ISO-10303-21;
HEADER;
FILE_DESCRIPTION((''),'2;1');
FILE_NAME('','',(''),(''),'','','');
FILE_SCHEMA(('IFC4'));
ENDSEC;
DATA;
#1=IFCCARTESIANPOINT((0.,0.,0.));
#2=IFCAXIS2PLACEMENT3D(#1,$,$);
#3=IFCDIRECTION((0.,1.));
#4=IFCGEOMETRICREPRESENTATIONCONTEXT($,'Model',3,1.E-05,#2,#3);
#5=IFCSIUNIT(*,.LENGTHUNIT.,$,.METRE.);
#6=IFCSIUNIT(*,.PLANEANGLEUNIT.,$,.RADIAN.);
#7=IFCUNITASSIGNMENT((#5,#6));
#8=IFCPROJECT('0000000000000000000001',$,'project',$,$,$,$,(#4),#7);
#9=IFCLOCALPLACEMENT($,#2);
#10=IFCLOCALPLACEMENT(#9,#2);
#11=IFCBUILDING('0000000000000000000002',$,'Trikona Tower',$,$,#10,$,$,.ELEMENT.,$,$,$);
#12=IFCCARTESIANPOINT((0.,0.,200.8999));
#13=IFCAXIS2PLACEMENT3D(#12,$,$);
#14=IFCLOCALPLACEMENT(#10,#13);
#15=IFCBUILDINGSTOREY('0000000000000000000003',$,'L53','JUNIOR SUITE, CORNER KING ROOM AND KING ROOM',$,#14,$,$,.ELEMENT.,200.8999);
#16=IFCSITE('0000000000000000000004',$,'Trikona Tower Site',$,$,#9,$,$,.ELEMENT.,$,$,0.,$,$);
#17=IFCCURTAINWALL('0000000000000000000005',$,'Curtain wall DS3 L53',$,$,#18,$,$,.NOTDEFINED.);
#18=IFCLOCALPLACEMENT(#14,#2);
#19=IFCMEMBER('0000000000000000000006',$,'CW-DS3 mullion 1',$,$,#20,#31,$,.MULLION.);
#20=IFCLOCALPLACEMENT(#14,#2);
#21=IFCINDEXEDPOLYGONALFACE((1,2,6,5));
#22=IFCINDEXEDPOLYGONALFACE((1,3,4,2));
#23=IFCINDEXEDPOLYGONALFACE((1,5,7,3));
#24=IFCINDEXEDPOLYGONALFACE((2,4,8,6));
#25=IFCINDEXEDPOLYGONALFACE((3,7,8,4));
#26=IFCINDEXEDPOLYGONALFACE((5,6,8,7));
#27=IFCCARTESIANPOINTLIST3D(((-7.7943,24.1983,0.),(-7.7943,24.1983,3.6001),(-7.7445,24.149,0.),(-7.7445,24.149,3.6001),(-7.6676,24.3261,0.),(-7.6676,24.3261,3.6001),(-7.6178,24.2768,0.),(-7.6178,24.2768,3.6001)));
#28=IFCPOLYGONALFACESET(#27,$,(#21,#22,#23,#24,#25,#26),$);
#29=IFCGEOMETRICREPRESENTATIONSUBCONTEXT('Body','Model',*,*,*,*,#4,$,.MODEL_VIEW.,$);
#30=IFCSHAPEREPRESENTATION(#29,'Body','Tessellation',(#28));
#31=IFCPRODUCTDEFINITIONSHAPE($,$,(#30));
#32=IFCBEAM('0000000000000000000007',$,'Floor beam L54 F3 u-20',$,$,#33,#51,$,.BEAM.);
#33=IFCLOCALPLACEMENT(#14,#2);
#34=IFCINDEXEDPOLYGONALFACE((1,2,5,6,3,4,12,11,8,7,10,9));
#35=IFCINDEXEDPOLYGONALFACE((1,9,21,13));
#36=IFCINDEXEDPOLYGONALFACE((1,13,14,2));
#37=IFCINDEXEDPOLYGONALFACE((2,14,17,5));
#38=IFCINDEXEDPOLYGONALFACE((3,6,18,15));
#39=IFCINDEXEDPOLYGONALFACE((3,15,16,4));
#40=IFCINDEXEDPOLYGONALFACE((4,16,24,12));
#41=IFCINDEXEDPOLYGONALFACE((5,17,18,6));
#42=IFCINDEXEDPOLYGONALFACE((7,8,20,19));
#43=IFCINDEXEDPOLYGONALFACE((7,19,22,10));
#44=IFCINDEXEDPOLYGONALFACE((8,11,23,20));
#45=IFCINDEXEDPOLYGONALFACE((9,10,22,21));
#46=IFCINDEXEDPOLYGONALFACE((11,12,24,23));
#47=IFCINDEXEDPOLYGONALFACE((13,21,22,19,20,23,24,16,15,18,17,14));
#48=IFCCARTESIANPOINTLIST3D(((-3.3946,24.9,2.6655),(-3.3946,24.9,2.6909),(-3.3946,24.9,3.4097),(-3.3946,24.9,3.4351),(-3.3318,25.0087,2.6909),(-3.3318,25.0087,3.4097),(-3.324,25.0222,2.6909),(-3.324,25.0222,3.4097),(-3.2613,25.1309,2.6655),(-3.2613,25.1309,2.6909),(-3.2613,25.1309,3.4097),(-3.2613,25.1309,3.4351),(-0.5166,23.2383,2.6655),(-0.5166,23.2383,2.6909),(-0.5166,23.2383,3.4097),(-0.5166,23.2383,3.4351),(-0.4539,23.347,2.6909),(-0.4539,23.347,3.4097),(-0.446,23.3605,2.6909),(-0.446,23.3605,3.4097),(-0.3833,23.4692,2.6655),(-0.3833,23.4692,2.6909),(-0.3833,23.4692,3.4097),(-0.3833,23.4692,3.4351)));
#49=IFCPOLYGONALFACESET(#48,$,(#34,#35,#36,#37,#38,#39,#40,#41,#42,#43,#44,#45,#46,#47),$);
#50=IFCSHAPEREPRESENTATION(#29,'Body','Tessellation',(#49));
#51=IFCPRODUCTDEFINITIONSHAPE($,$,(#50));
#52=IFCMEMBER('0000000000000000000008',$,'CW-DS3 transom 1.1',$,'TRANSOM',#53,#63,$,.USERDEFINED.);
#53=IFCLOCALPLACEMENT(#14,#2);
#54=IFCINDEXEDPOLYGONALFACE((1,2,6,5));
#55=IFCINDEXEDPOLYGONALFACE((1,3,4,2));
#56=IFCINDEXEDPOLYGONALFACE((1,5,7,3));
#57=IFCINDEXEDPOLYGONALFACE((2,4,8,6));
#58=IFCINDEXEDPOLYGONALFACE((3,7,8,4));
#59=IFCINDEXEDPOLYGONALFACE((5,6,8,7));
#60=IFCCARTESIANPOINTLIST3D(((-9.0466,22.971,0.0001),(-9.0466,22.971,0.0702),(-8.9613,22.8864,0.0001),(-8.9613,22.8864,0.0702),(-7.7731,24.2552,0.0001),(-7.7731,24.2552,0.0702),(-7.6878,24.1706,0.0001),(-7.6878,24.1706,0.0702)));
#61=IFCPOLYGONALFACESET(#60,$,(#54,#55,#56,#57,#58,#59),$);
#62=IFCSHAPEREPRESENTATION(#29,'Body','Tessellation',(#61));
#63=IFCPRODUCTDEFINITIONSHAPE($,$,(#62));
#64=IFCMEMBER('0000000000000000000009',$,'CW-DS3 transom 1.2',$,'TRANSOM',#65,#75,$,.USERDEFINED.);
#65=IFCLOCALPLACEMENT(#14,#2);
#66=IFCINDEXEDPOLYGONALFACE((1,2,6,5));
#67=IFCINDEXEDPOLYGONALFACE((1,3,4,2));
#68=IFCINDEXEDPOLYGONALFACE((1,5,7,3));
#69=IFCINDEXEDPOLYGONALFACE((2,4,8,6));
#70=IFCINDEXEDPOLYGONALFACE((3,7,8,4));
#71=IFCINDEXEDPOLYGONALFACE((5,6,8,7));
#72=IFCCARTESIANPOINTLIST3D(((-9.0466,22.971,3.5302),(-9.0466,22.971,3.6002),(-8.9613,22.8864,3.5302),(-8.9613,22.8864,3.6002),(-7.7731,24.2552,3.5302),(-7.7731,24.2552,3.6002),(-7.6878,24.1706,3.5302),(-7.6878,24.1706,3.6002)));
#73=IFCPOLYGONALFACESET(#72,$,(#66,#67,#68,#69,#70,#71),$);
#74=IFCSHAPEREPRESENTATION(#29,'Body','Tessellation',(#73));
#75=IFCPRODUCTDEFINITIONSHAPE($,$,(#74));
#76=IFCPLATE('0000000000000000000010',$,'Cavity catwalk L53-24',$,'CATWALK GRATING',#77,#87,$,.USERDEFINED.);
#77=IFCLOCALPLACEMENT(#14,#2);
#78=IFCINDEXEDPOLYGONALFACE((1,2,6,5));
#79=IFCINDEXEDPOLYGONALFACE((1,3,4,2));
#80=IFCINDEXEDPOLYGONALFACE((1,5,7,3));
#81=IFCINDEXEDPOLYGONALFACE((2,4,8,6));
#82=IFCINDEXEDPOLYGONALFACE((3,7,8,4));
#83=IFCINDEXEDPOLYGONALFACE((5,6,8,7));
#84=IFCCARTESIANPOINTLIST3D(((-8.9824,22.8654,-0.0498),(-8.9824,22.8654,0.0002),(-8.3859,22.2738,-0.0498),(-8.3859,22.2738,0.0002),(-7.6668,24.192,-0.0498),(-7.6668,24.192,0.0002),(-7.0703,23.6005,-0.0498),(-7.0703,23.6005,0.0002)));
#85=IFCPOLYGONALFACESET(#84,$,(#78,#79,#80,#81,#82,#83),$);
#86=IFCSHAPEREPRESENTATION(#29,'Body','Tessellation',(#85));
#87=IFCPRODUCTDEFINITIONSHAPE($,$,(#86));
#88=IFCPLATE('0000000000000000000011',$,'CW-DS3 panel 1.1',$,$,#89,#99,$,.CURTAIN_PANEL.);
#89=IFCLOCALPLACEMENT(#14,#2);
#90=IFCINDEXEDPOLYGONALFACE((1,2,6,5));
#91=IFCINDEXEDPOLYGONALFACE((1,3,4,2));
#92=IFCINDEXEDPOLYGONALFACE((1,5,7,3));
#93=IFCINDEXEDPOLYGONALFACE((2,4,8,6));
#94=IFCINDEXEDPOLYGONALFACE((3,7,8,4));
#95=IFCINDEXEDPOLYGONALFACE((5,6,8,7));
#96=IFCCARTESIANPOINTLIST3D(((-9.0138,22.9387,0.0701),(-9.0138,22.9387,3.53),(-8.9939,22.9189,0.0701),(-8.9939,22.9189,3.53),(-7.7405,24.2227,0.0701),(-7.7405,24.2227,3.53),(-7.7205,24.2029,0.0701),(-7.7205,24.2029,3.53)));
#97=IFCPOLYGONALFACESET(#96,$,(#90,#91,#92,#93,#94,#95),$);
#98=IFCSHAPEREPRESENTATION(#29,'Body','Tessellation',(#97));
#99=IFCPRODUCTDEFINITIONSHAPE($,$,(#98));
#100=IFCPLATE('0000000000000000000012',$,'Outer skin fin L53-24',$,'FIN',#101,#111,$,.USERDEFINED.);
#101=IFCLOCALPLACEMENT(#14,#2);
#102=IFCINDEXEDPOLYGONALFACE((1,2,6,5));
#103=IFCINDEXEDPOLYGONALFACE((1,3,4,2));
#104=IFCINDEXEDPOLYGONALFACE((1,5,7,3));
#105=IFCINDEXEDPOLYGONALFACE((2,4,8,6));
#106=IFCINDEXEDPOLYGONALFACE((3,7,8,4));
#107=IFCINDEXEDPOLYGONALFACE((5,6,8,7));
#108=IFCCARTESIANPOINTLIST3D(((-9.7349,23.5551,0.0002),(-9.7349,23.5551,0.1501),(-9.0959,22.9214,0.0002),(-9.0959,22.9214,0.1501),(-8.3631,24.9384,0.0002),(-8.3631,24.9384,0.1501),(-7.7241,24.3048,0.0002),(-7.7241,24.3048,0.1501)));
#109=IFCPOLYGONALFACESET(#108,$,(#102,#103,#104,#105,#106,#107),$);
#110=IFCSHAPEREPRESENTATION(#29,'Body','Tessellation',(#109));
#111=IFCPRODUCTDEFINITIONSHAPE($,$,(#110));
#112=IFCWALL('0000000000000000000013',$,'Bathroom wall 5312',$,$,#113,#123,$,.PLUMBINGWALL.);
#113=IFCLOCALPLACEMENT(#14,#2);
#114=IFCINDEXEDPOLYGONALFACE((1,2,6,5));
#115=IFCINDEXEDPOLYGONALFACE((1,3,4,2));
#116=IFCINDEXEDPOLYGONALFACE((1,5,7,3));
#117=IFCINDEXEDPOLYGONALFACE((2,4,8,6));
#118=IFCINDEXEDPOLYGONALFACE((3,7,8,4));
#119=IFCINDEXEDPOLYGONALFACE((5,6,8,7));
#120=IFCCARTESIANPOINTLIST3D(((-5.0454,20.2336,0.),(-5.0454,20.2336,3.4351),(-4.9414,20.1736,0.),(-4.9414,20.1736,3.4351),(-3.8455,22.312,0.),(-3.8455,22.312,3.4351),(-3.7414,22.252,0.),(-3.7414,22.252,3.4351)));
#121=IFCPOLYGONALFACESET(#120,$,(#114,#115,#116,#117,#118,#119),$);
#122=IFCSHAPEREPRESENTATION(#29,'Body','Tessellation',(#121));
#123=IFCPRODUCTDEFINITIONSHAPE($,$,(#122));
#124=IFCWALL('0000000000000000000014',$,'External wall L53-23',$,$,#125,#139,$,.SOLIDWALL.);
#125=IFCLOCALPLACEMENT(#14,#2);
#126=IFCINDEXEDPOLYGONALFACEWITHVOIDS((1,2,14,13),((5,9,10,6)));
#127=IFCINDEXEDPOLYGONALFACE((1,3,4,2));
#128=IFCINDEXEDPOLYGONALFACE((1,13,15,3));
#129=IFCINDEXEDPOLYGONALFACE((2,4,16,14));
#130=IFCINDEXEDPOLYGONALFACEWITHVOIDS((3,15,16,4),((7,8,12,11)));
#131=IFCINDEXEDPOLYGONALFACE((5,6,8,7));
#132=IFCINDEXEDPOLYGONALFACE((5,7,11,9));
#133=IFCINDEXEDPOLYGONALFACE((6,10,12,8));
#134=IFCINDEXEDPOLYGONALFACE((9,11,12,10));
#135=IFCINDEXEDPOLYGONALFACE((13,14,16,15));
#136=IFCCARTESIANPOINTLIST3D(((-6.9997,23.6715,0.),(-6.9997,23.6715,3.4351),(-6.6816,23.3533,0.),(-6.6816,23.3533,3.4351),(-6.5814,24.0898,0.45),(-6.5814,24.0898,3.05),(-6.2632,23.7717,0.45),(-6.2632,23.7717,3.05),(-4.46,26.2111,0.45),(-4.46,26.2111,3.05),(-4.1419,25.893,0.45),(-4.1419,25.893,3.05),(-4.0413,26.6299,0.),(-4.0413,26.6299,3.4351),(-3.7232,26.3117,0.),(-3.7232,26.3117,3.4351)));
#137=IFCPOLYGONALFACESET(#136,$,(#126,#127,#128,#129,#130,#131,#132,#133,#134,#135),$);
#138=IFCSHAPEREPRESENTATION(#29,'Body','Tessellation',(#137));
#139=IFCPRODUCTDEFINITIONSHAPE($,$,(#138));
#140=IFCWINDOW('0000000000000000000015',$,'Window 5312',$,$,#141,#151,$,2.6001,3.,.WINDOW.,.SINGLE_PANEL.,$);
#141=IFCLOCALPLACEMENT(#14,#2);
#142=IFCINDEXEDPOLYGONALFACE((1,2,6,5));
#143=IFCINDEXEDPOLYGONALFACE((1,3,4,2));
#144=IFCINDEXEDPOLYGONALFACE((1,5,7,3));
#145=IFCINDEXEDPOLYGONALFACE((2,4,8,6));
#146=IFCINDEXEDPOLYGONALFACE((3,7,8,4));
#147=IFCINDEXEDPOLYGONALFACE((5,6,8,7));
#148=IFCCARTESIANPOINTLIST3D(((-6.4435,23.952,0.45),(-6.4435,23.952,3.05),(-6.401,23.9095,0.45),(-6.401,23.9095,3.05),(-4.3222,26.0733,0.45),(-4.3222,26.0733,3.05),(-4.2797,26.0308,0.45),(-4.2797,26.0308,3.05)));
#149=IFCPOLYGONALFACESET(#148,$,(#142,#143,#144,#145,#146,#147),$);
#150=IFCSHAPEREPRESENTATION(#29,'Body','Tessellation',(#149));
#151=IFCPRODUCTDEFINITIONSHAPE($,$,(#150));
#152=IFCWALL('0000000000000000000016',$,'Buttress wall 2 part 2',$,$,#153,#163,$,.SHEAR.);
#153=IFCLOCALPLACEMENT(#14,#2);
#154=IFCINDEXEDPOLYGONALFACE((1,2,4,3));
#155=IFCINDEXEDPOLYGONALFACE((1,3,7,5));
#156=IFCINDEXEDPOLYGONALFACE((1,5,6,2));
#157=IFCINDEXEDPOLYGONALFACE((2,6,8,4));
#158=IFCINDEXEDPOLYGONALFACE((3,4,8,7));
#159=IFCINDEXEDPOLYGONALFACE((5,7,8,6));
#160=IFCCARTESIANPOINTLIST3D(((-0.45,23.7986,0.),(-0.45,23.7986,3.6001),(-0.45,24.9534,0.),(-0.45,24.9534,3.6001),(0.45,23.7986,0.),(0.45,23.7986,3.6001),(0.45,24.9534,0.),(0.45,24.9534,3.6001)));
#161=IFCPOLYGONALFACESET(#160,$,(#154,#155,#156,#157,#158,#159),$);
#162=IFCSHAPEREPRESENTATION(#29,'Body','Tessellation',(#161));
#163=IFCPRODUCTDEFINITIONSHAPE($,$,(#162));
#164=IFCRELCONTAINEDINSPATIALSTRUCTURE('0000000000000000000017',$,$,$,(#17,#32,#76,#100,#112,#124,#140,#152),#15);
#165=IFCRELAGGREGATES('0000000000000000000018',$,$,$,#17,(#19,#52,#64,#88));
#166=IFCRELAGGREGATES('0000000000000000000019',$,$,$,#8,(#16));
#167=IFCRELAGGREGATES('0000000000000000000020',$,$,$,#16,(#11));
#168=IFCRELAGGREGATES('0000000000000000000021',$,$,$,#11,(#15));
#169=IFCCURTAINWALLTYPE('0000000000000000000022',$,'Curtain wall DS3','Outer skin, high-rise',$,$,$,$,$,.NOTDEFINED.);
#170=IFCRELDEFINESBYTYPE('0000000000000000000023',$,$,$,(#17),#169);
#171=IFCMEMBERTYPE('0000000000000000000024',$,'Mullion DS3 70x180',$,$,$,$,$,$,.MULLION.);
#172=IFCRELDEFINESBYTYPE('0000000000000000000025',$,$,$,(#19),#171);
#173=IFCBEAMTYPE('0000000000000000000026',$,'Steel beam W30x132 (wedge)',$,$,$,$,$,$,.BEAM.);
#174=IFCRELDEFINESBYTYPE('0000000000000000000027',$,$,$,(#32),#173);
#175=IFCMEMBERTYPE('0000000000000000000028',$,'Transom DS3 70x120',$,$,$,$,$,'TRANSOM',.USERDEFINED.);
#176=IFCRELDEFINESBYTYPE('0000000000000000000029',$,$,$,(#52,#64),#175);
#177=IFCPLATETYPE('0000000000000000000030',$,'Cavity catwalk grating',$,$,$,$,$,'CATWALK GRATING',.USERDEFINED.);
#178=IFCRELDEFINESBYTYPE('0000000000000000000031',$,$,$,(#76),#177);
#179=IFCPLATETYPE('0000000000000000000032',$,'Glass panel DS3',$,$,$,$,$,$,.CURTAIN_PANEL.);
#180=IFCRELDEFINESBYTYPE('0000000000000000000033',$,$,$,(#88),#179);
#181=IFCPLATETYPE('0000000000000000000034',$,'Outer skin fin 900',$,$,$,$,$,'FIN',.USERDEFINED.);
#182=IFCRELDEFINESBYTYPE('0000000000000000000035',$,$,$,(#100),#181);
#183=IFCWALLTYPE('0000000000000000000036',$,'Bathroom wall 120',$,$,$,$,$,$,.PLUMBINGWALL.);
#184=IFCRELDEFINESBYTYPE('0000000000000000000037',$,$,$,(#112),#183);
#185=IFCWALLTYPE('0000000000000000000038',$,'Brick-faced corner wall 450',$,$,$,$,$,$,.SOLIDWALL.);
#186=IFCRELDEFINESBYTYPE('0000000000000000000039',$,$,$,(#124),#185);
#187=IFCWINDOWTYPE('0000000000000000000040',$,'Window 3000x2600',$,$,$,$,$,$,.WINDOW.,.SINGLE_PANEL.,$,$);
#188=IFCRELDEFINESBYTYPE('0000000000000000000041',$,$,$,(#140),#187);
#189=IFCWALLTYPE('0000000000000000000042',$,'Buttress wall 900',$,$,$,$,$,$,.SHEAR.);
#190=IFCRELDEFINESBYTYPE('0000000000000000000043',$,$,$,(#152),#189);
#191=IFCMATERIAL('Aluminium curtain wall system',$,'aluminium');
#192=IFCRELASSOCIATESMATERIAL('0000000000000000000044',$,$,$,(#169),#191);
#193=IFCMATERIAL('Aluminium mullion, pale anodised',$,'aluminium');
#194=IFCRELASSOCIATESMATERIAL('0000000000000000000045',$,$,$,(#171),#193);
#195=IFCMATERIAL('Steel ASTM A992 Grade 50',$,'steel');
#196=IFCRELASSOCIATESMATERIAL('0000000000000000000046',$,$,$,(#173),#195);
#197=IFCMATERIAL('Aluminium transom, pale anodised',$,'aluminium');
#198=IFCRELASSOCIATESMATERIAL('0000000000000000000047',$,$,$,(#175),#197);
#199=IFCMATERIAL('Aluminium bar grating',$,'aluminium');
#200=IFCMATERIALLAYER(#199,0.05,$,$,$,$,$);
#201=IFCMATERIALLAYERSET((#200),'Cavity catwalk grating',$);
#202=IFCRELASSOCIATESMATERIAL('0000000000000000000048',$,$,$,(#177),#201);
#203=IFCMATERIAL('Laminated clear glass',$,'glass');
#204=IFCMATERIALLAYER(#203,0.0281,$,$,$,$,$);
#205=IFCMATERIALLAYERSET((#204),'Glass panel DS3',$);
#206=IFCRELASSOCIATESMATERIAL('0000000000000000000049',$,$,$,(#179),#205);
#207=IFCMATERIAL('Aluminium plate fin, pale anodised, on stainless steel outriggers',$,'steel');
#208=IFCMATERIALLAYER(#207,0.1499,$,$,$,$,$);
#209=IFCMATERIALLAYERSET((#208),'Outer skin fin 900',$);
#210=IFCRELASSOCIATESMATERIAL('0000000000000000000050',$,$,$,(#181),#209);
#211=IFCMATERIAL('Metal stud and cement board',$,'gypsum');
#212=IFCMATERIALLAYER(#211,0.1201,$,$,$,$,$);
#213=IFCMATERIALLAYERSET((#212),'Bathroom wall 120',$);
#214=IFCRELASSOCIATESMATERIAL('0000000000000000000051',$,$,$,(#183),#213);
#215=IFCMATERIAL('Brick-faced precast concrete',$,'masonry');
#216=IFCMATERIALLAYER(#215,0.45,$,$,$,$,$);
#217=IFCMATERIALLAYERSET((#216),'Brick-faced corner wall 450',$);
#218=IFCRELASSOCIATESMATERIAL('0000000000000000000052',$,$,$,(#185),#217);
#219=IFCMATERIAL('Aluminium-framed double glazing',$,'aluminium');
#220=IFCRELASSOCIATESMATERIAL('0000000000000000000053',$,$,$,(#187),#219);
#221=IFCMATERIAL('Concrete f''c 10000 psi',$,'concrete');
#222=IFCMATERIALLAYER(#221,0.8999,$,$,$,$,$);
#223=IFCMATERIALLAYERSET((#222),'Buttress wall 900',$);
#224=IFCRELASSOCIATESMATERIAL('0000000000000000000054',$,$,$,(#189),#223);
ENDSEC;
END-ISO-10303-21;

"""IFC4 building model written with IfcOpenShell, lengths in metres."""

from ifc_helpers import new_model, si_unit, direction, frame, frame_2d, origin, origin_2d, place, context, subcontext, project, spatial, rectangle, i_section, extrude, material, layer, layer_set, material_profile, profile_set, type_object, element, fill, aggregate, save


model = new_model("IFC4")

# Units and contexts
model_context = context("Model", 3, precision=1e-05, world=origin(), true_north=direction((0.0, 1.0)))
body_context = subcontext(model_context, "Body", "Model", "MODEL_VIEW")
ifc_project = project(units=[si_unit("LENGTHUNIT", "METRE"), si_unit("PLANEANGLEUNIT", "RADIAN")], contexts=[model_context])

# Site, building, storey
site_placement = place(None, origin())
site = spatial("IfcSite", under=ifc_project, at=site_placement, Name="Trikona Tower Site", CompositionType="ELEMENT", RefElevation=0.0)
building_placement = place(site_placement, origin())
building = spatial("IfcBuilding", under=site, at=building_placement, Name="Trikona Tower", CompositionType="ELEMENT")
storey_placement = place(building_placement, frame((0.0, 0.0, 200.8999)))
storey = spatial("IfcBuildingStorey", under=building, at=storey_placement, Name="L53", Description="JUNIOR SUITE, CORNER KING ROOM AND KING ROOM", CompositionType="ELEMENT", Elevation=200.8999)

# Curtain wall, member
ifc_material_1 = material(Name="Aluminium curtain wall system", Category="aluminium")
curtain_wall_type = type_object("IfcCurtainWallType", Name="Curtain wall DS3", Description="Outer skin, high-rise", PredefinedType="NOTDEFINED", material=ifc_material_1)
curtain_wall_placement = place(storey_placement, origin())
curtain_wall = element("IfcCurtainWall", 1, at=curtain_wall_placement, inside=storey, type_object=curtain_wall_type, Name="Curtain wall DS3 L53", PredefinedType="NOTDEFINED")
ifc_material_2 = material(Name="Aluminium mullion, pale anodised", Category="aluminium")
ifc_material_profile_1 = material_profile(ifc_material_2, rectangle(XDim=0.0701, YDim=0.1799, at=origin_2d()), Name="MUL-DS3")
ifc_profile_set_1 = profile_set([ifc_material_profile_1], Name="Aluminium mullion, pale anodised")
member_type_1 = type_object("IfcMemberType", Name="Mullion DS3 70x180", PredefinedType="MULLION", material=ifc_profile_set_1)
member_1_placement = place(storey_placement, frame((-7.7061, 24.2375, 0.0), z_axis=(0.0, 0.0, 1.0), x_axis=(0.710052, -0.704149, 0.0)))
member_1 = element("IfcMember", 2, at=member_1_placement, type_object=member_type_1, Name="CW-DS3 mullion 1", PredefinedType="MULLION", context=body_context, shape_type="SweptSolid", body=[
    extrude(rectangle(XDim=0.0701, YDim=0.1799, at=origin_2d()), origin(), (0.0, 0.0, 1.0), 3.6001),
])

# Beam
ifc_material_3 = material(Name="Steel ASTM A992 Grade 50", Category="steel")
ifc_material_profile_2 = material_profile(ifc_material_3, i_section(OverallWidth=0.2666, OverallDepth=0.7695, WebThickness=0.0156, FlangeThickness=0.0254, at=origin_2d()), Name="W30X132")
ifc_profile_set_2 = profile_set([ifc_material_profile_2], Name="Steel ASTM A992 Grade 50")
beam_type = type_object("IfcBeamType", Name="Steel beam W30x132 (wedge)", PredefinedType="BEAM", material=ifc_profile_set_2)
beam_placement = place(storey_placement, frame((-0.45, 23.3538, 3.0503), z_axis=(-0.866019, 0.500011, 0.0), x_axis=(-0.500011, -0.866019, 0.0)))
element("IfcBeam", 3, at=beam_placement, inside=storey, type_object=beam_type, Name="Floor beam L54 F3 u-20", PredefinedType="BEAM", context=body_context, shape_type="SweptSolid", body=[
    extrude(i_section(OverallWidth=0.2666, OverallDepth=0.7695, WebThickness=0.0156, FlangeThickness=0.0254, at=origin_2d()), origin(), (0.0, 0.0, 1.0), 3.3232),
])

# Members
ifc_material_4 = material(Name="Aluminium transom, pale anodised", Category="aluminium")
ifc_material_profile_3 = material_profile(ifc_material_4, rectangle(XDim=0.1201, YDim=0.0701, at=origin_2d()), Name="TRN-DS3")
ifc_profile_set_3 = profile_set([ifc_material_profile_3], Name="Aluminium transom, pale anodised")
member_type_2 = type_object("IfcMemberType", Name="Transom DS3 70x120", ElementType="TRANSOM", PredefinedType="USERDEFINED", material=ifc_profile_set_3)
member_2_placement = place(storey_placement, frame((-7.7305, 24.2129, 0.0352), z_axis=(-0.704131, -0.71007, 0.0), x_axis=(0.71007, -0.704131, 0.0)))
member_2 = element("IfcMember", 4, at=member_2_placement, type_object=member_type_2, Name="CW-DS3 transom 1.1", ObjectType="TRANSOM", PredefinedType="USERDEFINED", context=body_context, shape_type="SweptSolid", body=[
    extrude(rectangle(XDim=0.1201, YDim=0.0701, at=origin_2d()), origin(), (0.0, 0.0, 1.0), 1.8086),
])
member_3_placement = place(storey_placement, frame((-7.7305, 24.2129, 3.5652), z_axis=(-0.704131, -0.71007, 0.0), x_axis=(0.71007, -0.704131, 0.0)))
member_3 = element("IfcMember", 5, at=member_3_placement, type_object=member_type_2, Name="CW-DS3 transom 1.2", ObjectType="TRANSOM", PredefinedType="USERDEFINED", context=body_context, shape_type="SweptSolid", body=[
    extrude(rectangle(XDim=0.1201, YDim=0.0701, at=origin_2d()), origin(), (0.0, 0.0, 1.0), 1.8086),
])

# Plates
ifc_material_5 = material(Name="Aluminium bar grating", Category="aluminium")
ifc_layer_1 = layer(ifc_material_5, 0.05)
ifc_layer_set_1 = layer_set([ifc_layer_1], Name="Cavity catwalk grating")
plate_type_1 = type_object("IfcPlateType", Name="Cavity catwalk grating", ElementType="CATWALK GRATING", PredefinedType="USERDEFINED", material=ifc_layer_set_1)
plate_1_placement = place(storey_placement, frame((-8.0264, 23.2329, -0.0498), z_axis=(0.0, 0.0, 1.0), x_axis=(-0.704151, -0.71005, 0.0)))
element("IfcPlate", 6, at=plate_1_placement, inside=storey, type_object=plate_type_1, Name="Cavity catwalk L53-24", ObjectType="CATWALK GRATING", PredefinedType="USERDEFINED", context=body_context, shape_type="SweptSolid", body=[
    extrude(rectangle(XDim=1.8684, YDim=0.8401, at=origin_2d()), origin(), (0.0, 0.0, 1.0), 0.05),
])
ifc_material_6 = material(Name="Laminated clear glass", Category="glass")
ifc_layer_2 = layer(ifc_material_6, 0.0281)
ifc_layer_set_2 = layer_set([ifc_layer_2], Name="Glass panel DS3")
plate_type_2 = type_object("IfcPlateType", Name="Glass panel DS3", PredefinedType="CURTAIN_PANEL", material=ifc_layer_set_2)
plate_2_placement = place(storey_placement, frame((-8.3672, 23.5708, 0.0701), z_axis=(0.0, 0.0, 1.0), x_axis=(-0.704149, -0.710052, 0.0)))
plate_2 = element("IfcPlate", 7, at=plate_2_placement, type_object=plate_type_2, Name="CW-DS3 panel 1.1", PredefinedType="CURTAIN_PANEL", context=body_context, shape_type="SweptSolid", body=[
    extrude(rectangle(XDim=1.8083, YDim=0.0281, at=origin_2d()), origin(), (0.0, 0.0, 1.0), 3.46),
])
aggregate(curtain_wall, [member_1, member_2, member_3, plate_2])
ifc_material_7 = material(Name="Aluminium plate fin, pale anodised, on stainless steel outriggers", Category="steel")
ifc_layer_3 = layer(ifc_material_7, 0.1499)
ifc_layer_set_3 = layer_set([ifc_layer_3], Name="Outer skin fin 900")
plate_type_3 = type_object("IfcPlateType", Name="Outer skin fin 900", ElementType="FIN", PredefinedType="USERDEFINED", material=ifc_layer_set_3)
plate_3_placement = place(storey_placement, frame((-8.7295, 23.9299, 0.0002), z_axis=(0.0, 0.0, 1.0), x_axis=(-0.704151, -0.71005, 0.0)))
element("IfcPlate", 8, at=plate_3_placement, inside=storey, type_object=plate_type_3, Name="Outer skin fin L53-24", ObjectType="FIN", PredefinedType="USERDEFINED", context=body_context, shape_type="SweptSolid", body=[
    extrude(rectangle(XDim=1.9482, YDim=0.8999, at=origin_2d()), origin(), (0.0, 0.0, 1.0), 0.1499),
])

# Wall
ifc_material_8 = material(Name="Metal stud and cement board", Category="gypsum")
ifc_layer_4 = layer(ifc_material_8, 0.1201)
ifc_layer_set_4 = layer_set([ifc_layer_4], Name="Bathroom wall 120")
wall_type_1 = type_object("IfcWallType", Name="Bathroom wall 120", PredefinedType="PLUMBINGWALL", material=ifc_layer_set_4)
wall_1_placement = place(storey_placement, frame((-3.7935, 22.282, 0.0), z_axis=(0.0, 0.0, 1.0), x_axis=(-0.500001, -0.866025, 0.0)))
element("IfcWall", 9, at=wall_1_placement, inside=storey, type_object=wall_type_1, Name="Bathroom wall 5312", PredefinedType="PLUMBINGWALL", context=body_context, shape_type="SweptSolid", body=[
    extrude(rectangle(XDim=2.3999, YDim=0.1201, at=frame_2d((1.2, 0.0))), origin(), (0.0, 0.0, 1.0), 3.4351),
])

# Wall, opening, window
ifc_material_9 = material(Name="Brick-faced precast concrete", Category="masonry")
ifc_layer_5 = layer(ifc_material_9, 0.45)
ifc_layer_set_5 = layer_set([ifc_layer_5], Name="Brick-faced corner wall 450")
wall_type_2 = type_object("IfcWallType", Name="Brick-faced corner wall 450", PredefinedType="SOLIDWALL", material=ifc_layer_set_5)
wall_2_placement = place(storey_placement, frame((-3.8823, 26.4707, 0.0), z_axis=(0.0, 0.0, 1.0), x_axis=(-0.707107, -0.707107, 0.0)))
wall_2 = element("IfcWall", 10, at=wall_2_placement, inside=storey, type_object=wall_type_2, Name="External wall L53-23", PredefinedType="SOLIDWALL", context=body_context, shape_type="SweptSolid", body=[
    extrude(rectangle(XDim=4.1838, YDim=0.45, at=frame_2d((2.0918, 0.0))), origin(), (0.0, 0.0, 1.0), 3.4351),
])
opening_1_placement = place(wall_2_placement, frame((0.592, 0.0, 0.45)))
opening_1 = element("IfcOpeningElement", 11, at=opening_1_placement, cuts=wall_2, PredefinedType="OPENING", context=body_context, shape_type="SweptSolid", body=[
    extrude(rectangle(XDim=3.0, YDim=2.6001, at=frame_2d((1.5, 1.3))), frame((0.0, 0.2349, 0.0), z_axis=(0.0, -1.0, 0.0), x_axis=(1.0, 0.0, 0.0)), (0.0, 0.0, 1.0), 0.47),
])
ifc_material_10 = material(Name="Aluminium-framed double glazing", Category="aluminium")
window_type = type_object("IfcWindowType", Name="Window 3000x2600", PartitioningType="SINGLE_PANEL", PredefinedType="WINDOW", material=ifc_material_10)
window_placement = place(opening_1_placement, origin())
window = element("IfcWindow", 12, at=window_placement, inside=storey, type_object=window_type, Name="Window 5312", OverallHeight=2.6001, OverallWidth=3.0, PartitioningType="SINGLE_PANEL", PredefinedType="WINDOW", context=body_context, shape_type="SweptSolid", body=[
    extrude(rectangle(XDim=3.0, YDim=2.6001, at=frame_2d((1.5, 1.3))), frame((0.0, 0.03, 0.0), z_axis=(0.0, -1.0, 0.0), x_axis=(1.0, 0.0, 0.0)), (0.0, 0.0, 1.0), 0.0601),
])
fill(opening_1, window)

# Wall
ifc_material_11 = material(Name="Concrete f'c 10000 psi", Category="concrete")
ifc_layer_6 = layer(ifc_material_11, 0.8999)
ifc_layer_set_6 = layer_set([ifc_layer_6], Name="Buttress wall 900")
wall_type_3 = type_object("IfcWallType", Name="Buttress wall 900", PredefinedType="SHEAR", material=ifc_layer_set_6)
wall_3_placement = place(storey_placement, frame((0.0, 23.7986, 0.0), z_axis=(0.0, 0.0, 1.0), x_axis=(0.0, 1.0, 0.0)))
element("IfcWall", 13, at=wall_3_placement, inside=storey, type_object=wall_type_3, Name="Buttress wall 2 part 2", PredefinedType="SHEAR", context=body_context, shape_type="SweptSolid", body=[
    extrude(rectangle(XDim=1.1548, YDim=0.8999, at=frame_2d((0.5774, 0.0))), origin(), (0.0, 0.0, 1.0), 3.6001),
])

save(model, "model.ifc")
